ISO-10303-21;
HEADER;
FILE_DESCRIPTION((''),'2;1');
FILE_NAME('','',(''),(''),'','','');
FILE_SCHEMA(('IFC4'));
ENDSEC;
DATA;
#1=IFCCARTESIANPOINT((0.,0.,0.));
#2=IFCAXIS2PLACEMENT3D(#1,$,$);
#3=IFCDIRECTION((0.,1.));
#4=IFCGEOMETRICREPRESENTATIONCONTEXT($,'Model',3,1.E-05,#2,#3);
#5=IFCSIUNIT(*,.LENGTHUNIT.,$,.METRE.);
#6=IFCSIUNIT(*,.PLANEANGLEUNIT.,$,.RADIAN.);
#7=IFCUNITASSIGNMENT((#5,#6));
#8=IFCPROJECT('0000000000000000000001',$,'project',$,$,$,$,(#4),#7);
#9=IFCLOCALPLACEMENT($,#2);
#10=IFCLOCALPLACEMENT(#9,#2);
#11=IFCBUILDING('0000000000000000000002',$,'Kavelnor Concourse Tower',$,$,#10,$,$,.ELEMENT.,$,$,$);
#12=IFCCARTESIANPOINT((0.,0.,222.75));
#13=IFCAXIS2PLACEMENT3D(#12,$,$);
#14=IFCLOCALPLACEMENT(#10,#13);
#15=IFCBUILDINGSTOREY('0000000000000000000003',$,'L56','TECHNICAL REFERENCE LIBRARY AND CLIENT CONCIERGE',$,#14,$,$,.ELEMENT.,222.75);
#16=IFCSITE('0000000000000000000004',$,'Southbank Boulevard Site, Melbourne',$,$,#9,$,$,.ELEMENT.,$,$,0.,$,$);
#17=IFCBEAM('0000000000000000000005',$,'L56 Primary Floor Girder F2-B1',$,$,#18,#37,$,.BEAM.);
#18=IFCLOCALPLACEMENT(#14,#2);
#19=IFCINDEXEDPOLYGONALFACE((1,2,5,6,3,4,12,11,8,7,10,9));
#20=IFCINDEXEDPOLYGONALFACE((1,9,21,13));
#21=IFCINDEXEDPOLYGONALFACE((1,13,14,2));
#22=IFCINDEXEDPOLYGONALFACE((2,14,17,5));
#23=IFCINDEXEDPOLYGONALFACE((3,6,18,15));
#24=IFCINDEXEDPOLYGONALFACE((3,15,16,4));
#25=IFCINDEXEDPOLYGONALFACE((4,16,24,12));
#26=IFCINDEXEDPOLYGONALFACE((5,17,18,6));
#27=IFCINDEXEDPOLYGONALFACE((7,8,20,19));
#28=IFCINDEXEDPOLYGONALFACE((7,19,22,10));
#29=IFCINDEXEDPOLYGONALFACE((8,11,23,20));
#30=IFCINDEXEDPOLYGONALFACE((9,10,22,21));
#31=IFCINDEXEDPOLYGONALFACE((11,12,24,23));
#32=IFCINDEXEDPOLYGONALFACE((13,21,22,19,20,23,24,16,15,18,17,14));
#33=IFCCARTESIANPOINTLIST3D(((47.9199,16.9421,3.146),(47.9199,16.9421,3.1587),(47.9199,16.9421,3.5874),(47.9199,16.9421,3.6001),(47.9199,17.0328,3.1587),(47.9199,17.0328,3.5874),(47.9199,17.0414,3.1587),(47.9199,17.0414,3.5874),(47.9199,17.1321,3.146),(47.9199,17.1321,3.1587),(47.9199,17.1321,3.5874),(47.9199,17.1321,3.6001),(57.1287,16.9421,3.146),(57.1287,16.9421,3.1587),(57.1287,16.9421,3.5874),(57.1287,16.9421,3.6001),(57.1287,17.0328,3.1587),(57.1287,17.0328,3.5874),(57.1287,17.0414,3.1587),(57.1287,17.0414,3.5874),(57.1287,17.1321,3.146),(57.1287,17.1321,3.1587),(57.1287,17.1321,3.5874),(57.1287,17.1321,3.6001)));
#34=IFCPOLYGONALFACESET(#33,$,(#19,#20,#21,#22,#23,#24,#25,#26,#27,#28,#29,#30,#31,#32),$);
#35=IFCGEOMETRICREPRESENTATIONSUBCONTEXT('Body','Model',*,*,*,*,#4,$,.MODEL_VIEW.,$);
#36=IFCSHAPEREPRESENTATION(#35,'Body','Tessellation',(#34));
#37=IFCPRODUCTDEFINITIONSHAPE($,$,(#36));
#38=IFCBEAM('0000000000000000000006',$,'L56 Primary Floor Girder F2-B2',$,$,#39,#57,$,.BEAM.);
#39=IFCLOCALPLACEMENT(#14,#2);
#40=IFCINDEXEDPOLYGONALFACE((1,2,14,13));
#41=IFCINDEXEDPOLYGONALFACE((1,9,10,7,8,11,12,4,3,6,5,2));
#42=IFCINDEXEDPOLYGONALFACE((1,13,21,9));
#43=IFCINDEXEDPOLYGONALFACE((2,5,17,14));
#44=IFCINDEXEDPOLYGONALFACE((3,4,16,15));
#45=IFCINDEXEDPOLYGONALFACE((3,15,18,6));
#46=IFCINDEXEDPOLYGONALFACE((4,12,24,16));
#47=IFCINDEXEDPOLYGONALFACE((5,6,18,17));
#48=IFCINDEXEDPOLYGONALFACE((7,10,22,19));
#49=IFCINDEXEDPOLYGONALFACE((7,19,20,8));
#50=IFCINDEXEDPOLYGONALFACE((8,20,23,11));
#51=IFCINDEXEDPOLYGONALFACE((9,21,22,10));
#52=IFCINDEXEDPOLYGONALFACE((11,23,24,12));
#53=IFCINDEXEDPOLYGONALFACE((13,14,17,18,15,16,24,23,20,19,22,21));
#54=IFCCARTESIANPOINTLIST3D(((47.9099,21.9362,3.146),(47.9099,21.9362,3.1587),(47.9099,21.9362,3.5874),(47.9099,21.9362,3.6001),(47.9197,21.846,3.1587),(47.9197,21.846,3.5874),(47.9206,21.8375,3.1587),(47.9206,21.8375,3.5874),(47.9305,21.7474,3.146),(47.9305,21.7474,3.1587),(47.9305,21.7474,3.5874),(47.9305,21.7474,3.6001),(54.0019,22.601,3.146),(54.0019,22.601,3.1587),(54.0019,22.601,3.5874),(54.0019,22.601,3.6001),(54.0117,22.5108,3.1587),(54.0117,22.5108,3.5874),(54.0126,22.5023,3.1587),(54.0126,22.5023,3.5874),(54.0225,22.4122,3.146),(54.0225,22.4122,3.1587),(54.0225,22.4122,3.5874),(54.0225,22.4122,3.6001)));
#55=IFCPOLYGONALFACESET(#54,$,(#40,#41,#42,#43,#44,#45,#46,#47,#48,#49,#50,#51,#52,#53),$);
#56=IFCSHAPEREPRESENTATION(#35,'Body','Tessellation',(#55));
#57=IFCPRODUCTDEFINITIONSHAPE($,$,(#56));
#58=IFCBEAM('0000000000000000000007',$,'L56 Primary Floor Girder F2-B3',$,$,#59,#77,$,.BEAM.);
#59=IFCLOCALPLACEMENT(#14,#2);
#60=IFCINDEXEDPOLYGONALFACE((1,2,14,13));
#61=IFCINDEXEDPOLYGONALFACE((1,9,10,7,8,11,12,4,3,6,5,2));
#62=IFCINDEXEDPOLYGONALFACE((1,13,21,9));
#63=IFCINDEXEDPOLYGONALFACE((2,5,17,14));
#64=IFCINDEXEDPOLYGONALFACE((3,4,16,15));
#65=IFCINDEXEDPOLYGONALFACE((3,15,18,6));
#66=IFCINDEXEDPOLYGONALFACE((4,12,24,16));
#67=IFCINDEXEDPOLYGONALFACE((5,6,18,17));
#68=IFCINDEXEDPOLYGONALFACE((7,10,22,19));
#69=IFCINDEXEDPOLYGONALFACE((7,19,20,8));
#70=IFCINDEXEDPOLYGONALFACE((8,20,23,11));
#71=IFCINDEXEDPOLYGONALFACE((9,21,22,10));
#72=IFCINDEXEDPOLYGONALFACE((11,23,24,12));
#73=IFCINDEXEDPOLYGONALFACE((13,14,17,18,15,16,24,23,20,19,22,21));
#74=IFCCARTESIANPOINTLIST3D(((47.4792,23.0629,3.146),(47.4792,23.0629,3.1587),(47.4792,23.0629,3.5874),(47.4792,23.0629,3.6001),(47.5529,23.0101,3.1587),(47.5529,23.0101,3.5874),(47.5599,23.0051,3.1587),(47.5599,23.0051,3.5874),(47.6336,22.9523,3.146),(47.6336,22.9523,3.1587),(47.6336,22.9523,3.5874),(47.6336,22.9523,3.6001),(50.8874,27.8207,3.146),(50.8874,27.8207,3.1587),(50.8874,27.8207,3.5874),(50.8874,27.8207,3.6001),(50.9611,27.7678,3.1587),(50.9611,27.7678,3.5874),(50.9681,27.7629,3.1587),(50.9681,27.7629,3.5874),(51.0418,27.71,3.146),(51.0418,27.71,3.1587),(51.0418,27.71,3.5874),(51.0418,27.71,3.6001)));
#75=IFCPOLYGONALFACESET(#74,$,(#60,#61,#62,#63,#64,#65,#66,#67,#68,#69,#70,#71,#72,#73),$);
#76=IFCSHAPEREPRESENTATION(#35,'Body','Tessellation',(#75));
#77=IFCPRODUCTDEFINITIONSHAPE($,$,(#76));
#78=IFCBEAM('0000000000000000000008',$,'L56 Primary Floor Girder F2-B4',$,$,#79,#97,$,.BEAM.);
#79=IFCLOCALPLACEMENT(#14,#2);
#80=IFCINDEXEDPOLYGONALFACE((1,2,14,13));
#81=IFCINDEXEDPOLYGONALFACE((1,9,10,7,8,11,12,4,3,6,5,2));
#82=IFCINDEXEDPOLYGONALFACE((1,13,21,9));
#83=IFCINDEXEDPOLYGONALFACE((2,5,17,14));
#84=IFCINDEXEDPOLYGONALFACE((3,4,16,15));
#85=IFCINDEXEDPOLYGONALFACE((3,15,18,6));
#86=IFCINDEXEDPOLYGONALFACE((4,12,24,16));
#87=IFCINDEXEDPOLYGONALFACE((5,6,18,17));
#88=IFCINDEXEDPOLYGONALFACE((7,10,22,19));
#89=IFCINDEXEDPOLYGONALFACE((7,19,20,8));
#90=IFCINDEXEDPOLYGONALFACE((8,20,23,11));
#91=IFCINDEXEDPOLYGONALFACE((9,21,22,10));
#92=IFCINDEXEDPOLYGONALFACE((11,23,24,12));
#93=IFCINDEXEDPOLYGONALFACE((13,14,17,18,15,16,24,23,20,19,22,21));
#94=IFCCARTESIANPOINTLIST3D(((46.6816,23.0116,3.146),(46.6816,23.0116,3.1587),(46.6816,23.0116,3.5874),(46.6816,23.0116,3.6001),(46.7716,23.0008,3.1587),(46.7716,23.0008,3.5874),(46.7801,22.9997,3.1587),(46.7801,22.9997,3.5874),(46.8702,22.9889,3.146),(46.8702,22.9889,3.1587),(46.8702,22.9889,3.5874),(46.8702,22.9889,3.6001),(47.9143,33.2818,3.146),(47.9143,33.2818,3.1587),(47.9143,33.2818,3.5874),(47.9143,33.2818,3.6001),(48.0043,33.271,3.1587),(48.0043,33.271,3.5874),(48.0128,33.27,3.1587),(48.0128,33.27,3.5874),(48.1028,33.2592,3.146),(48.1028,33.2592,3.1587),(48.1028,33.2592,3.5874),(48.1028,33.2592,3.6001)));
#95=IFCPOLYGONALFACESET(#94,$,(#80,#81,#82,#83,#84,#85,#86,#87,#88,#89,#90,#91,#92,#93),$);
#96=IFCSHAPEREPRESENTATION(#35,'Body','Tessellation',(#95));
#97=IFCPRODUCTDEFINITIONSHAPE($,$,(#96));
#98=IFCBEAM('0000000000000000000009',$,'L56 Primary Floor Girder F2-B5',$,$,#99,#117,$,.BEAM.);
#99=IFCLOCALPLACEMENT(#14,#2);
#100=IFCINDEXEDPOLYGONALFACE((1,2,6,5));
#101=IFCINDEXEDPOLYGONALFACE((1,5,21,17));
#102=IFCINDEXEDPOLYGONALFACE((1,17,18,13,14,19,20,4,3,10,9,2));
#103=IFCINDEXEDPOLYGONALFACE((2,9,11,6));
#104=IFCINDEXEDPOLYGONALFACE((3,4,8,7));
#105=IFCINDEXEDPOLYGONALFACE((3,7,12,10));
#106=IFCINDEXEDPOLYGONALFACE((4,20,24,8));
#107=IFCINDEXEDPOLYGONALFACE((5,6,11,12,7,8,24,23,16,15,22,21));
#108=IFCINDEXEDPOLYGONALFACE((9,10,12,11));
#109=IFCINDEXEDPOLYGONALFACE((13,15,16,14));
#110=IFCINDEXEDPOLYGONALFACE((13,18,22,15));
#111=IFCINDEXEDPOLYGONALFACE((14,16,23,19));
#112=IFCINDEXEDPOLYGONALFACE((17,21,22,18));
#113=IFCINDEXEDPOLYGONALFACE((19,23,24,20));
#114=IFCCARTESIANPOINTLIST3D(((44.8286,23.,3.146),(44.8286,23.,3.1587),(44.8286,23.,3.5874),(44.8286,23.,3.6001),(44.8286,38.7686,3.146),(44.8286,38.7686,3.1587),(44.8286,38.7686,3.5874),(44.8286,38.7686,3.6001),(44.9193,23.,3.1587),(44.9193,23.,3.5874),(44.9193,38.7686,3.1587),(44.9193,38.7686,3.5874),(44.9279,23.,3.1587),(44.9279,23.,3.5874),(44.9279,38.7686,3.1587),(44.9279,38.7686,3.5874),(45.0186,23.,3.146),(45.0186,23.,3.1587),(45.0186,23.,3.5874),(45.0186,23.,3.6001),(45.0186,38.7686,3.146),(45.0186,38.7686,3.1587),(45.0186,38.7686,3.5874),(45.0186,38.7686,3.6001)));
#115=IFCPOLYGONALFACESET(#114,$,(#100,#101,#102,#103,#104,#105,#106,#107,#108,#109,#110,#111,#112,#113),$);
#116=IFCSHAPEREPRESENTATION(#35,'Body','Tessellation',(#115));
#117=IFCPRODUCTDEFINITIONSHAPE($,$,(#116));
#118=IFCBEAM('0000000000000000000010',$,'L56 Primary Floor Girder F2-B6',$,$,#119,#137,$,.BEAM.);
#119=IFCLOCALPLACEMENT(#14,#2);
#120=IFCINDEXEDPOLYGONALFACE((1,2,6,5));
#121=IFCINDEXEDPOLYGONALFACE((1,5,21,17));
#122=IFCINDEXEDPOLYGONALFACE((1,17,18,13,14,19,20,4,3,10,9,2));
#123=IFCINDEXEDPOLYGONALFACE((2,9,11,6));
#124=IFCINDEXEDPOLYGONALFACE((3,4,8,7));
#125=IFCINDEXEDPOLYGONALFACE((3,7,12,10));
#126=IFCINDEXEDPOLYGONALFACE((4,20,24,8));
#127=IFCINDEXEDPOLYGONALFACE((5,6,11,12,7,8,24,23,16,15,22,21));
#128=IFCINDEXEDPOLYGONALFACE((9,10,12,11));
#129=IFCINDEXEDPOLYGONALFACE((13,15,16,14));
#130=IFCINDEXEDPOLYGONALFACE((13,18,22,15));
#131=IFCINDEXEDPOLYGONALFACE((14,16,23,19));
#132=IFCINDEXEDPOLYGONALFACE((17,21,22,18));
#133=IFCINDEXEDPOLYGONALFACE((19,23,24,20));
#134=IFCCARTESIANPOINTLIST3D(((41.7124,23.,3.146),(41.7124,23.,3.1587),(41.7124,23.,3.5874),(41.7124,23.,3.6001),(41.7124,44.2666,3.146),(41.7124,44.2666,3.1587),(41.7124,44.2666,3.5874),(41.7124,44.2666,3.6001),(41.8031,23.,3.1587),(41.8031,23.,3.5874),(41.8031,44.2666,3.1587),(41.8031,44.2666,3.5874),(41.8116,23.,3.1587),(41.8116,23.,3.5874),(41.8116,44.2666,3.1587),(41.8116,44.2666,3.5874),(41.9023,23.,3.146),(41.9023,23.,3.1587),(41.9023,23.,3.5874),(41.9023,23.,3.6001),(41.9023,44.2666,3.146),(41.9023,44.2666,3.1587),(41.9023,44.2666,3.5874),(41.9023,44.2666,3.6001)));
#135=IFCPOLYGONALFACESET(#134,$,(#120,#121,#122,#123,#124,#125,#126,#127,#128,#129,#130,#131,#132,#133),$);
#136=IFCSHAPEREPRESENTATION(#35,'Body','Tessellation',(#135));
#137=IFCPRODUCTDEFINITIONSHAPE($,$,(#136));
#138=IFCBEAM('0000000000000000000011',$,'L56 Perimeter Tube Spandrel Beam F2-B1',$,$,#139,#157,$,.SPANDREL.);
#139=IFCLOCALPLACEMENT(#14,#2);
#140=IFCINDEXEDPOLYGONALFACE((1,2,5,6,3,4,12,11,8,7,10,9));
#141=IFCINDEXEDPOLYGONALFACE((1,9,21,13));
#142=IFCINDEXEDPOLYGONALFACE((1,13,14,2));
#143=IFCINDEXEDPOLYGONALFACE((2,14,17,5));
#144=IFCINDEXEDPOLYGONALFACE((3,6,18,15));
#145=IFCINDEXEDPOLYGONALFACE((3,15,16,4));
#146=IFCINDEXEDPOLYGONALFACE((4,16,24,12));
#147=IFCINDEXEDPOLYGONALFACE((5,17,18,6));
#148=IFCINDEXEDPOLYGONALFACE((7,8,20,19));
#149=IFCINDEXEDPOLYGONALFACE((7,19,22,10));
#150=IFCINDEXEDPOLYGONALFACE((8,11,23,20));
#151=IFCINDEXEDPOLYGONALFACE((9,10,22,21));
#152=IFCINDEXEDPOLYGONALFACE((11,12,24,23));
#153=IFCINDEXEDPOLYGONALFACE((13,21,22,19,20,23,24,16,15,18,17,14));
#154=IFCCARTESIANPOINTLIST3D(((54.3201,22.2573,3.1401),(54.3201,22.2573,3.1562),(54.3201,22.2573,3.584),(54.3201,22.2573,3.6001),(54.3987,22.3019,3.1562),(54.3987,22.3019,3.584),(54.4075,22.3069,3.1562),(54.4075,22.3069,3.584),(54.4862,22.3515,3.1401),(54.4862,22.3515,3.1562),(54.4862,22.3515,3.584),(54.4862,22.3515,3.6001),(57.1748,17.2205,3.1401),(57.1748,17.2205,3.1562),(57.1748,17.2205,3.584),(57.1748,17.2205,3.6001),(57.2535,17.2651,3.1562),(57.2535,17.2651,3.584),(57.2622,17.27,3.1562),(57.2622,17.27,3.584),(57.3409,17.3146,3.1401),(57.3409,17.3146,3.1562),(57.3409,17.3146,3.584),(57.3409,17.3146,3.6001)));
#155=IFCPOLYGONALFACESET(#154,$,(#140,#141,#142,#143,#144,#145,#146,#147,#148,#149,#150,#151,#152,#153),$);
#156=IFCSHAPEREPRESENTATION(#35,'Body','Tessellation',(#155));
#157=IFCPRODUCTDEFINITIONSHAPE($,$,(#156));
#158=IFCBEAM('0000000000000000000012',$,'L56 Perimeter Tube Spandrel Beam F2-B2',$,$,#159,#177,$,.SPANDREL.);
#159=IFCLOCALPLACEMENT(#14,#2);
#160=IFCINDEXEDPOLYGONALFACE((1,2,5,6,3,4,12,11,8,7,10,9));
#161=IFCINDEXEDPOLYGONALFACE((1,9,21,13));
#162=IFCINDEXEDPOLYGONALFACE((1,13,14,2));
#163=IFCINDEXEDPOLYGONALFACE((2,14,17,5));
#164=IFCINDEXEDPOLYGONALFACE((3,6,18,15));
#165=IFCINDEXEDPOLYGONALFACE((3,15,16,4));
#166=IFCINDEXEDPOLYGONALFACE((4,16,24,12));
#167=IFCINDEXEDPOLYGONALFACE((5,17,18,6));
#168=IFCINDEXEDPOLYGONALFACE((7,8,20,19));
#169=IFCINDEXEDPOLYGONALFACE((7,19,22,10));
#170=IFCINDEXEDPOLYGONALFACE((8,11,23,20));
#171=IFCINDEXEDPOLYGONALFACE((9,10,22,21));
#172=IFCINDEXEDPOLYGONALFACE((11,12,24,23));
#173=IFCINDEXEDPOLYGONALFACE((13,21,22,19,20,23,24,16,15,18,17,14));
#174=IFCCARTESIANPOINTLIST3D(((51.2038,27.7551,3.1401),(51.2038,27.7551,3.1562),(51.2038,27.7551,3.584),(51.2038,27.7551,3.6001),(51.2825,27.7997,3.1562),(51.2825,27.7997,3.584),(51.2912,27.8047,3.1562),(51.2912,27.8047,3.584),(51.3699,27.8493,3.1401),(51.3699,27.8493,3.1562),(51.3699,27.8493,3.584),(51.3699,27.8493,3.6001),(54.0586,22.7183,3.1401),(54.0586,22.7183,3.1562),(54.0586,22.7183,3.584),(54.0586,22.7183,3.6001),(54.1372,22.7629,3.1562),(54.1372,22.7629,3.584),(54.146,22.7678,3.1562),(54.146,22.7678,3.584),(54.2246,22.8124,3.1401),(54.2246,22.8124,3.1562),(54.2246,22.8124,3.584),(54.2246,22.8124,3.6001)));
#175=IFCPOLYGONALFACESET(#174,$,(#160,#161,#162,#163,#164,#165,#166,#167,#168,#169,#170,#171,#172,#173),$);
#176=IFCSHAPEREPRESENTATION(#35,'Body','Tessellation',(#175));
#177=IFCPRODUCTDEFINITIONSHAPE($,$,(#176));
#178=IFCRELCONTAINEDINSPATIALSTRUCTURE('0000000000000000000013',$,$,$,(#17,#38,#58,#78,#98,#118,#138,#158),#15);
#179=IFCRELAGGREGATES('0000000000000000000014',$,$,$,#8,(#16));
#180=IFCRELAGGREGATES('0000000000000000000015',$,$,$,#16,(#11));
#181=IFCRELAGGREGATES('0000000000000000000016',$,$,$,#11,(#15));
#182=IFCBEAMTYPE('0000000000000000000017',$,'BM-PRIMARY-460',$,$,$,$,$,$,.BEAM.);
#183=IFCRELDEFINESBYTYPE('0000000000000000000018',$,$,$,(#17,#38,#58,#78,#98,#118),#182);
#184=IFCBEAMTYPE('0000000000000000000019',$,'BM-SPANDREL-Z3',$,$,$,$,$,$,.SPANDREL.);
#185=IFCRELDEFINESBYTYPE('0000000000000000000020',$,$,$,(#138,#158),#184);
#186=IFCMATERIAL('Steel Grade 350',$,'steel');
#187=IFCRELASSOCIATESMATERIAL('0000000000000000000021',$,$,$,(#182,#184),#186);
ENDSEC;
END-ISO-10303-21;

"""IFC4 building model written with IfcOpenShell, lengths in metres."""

from ifc_helpers import new_model, si_unit, direction, frame, origin, origin_2d, place, context, subcontext, project, spatial, i_section, extrude, material, material_profile, profile_set, type_object, element, save


model = new_model("IFC4")

# Units and contexts
model_context = context("Model", 3, precision=1e-05, world=origin(), true_north=direction((0.0, 1.0)))
body_context = subcontext(model_context, "Body", "Model", "MODEL_VIEW")
ifc_project = project(units=[si_unit("LENGTHUNIT", "METRE"), si_unit("PLANEANGLEUNIT", "RADIAN")], contexts=[model_context])

# Site, building, storey
site_placement = place(None, origin())
site = spatial("IfcSite", under=ifc_project, at=site_placement, Name="Southbank Boulevard Site, Melbourne", CompositionType="ELEMENT", RefElevation=0.0)
building_placement = place(site_placement, origin())
building = spatial("IfcBuilding", under=site, at=building_placement, Name="Kavelnor Concourse Tower", CompositionType="ELEMENT")
storey_placement = place(building_placement, frame((0.0, 0.0, 222.75)))
storey = spatial("IfcBuildingStorey", under=building, at=storey_placement, Name="L56", Description="TECHNICAL REFERENCE LIBRARY AND CLIENT CONCIERGE", CompositionType="ELEMENT", Elevation=222.75)

# Shared definitions
ifc_material_1 = material(Name="Steel Grade 350", Category="steel")

# Beams
ifc_material_profile_1 = material_profile(ifc_material_1, i_section(OverallWidth=0.1899, OverallDepth=0.4541, WebThickness=0.0085, FlangeThickness=0.0127, at=origin_2d()), Name="460UB67")
ifc_profile_set_1 = profile_set([ifc_material_profile_1], Name="Steel Grade 350")
beam_type_1 = type_object("IfcBeamType", Name="BM-PRIMARY-460", PredefinedType="BEAM", material=ifc_profile_set_1)
beam_1_placement = place(storey_placement, frame((47.9199, 17.0371, 3.373), z_axis=(1.0, 0.0, 0.0), x_axis=(0.0, 1.0, 0.0)))
element("IfcBeam", 1, at=beam_1_placement, inside=storey, type_object=beam_type_1, Name="L56 Primary Floor Girder F2-B1", PredefinedType="BEAM", context=body_context, shape_type="SweptSolid", body=[
    extrude(i_section(OverallWidth=0.1899, OverallDepth=0.4541, WebThickness=0.0085, FlangeThickness=0.0127, at=origin_2d()), origin(), (0.0, 0.0, 1.0), 9.2087),
])
beam_2_placement = place(storey_placement, frame((47.9202, 21.8418, 3.373), z_axis=(0.994099, 0.108481, 0.0), x_axis=(-0.108481, 0.994099, 0.0)))
element("IfcBeam", 2, at=beam_2_placement, inside=storey, type_object=beam_type_1, Name="L56 Primary Floor Girder F2-B2", PredefinedType="BEAM", context=body_context, shape_type="SweptSolid", body=[
    extrude(i_section(OverallWidth=0.1899, OverallDepth=0.4541, WebThickness=0.0085, FlangeThickness=0.0127, at=origin_2d()), origin(), (0.0, 0.0, 1.0), 6.1282),
])
beam_3_placement = place(storey_placement, frame((47.5564, 23.0076, 3.373), z_axis=(0.582343, 0.812944, 0.0), x_axis=(-0.812944, 0.582343, 0.0)))
element("IfcBeam", 3, at=beam_3_placement, inside=storey, type_object=beam_type_1, Name="L56 Primary Floor Girder F2-B3", PredefinedType="BEAM", context=body_context, shape_type="SweptSolid", body=[
    extrude(i_section(OverallWidth=0.1899, OverallDepth=0.4541, WebThickness=0.0085, FlangeThickness=0.0127, at=origin_2d()), origin(), (0.0, 0.0, 1.0), 5.8525),
])
beam_4_placement = place(storey_placement, frame((46.7759, 23.0002, 3.373), z_axis=(0.119168, 0.992874, 0.0), x_axis=(-0.992874, 0.119168, 0.0)))
element("IfcBeam", 4, at=beam_4_placement, inside=storey, type_object=beam_type_1, Name="L56 Primary Floor Girder F2-B4", PredefinedType="BEAM", context=body_context, shape_type="SweptSolid", body=[
    extrude(i_section(OverallWidth=0.1899, OverallDepth=0.4541, WebThickness=0.0085, FlangeThickness=0.0127, at=origin_2d()), origin(), (0.0, 0.0, 1.0), 10.344),
])
beam_5_placement = place(storey_placement, frame((44.9236, 23.0, 3.373), z_axis=(0.0, 1.0, 0.0), x_axis=(-1.0, 0.0, 0.0)))
element("IfcBeam", 5, at=beam_5_placement, inside=storey, type_object=beam_type_1, Name="L56 Primary Floor Girder F2-B5", PredefinedType="BEAM", context=body_context, shape_type="SweptSolid", body=[
    extrude(i_section(OverallWidth=0.1899, OverallDepth=0.4541, WebThickness=0.0085, FlangeThickness=0.0127, at=origin_2d()), origin(), (0.0, 0.0, 1.0), 15.7686),
])
beam_6_placement = place(storey_placement, frame((41.8074, 23.0, 3.373), z_axis=(0.0, 1.0, 0.0), x_axis=(-1.0, 0.0, 0.0)))
element("IfcBeam", 6, at=beam_6_placement, inside=storey, type_object=beam_type_1, Name="L56 Primary Floor Girder F2-B6", PredefinedType="BEAM", context=body_context, shape_type="SweptSolid", body=[
    extrude(i_section(OverallWidth=0.1899, OverallDepth=0.4541, WebThickness=0.0085, FlangeThickness=0.0127, at=origin_2d()), origin(), (0.0, 0.0, 1.0), 21.2666),
])
ifc_material_profile_2 = material_profile(ifc_material_1, i_section(OverallWidth=0.1909, OverallDepth=0.46, WebThickness=0.01, FlangeThickness=0.0161, at=origin_2d()), Name="460UB82")
ifc_profile_set_2 = profile_set([ifc_material_profile_2], Name="Steel Grade 350")
beam_type_2 = type_object("IfcBeamType", Name="BM-SPANDREL-Z3", PredefinedType="SPANDREL", material=ifc_profile_set_2)
for number, where, z_axis, x_axis, name in (
    (7, (57.2578, 17.2676, 3.3701), (-0.49308, 0.869984, 0.0), (-0.869984, -0.49308, 0.0), "L56 Perimeter Tube Spandrel Beam F2-B1"),
    (8, (54.1416, 22.7654, 3.3701), (-0.49308, 0.869984, 0.0), (-0.869984, -0.49308, 0.0), "L56 Perimeter Tube Spandrel Beam F2-B2"),
):
    element("IfcBeam", number, at=place(storey_placement, frame(where, z_axis=z_axis, x_axis=x_axis)), inside=storey, type_object=beam_type_2, Name=name, PredefinedType="SPANDREL", context=body_context, shape_type="SweptSolid", body=[
        extrude(i_section(OverallWidth=0.1909, OverallDepth=0.46, WebThickness=0.01, FlangeThickness=0.0161, at=origin_2d()), origin(), (0.0, 0.0, 1.0), 5.7896),
    ])

save(model, "model.ifc")
